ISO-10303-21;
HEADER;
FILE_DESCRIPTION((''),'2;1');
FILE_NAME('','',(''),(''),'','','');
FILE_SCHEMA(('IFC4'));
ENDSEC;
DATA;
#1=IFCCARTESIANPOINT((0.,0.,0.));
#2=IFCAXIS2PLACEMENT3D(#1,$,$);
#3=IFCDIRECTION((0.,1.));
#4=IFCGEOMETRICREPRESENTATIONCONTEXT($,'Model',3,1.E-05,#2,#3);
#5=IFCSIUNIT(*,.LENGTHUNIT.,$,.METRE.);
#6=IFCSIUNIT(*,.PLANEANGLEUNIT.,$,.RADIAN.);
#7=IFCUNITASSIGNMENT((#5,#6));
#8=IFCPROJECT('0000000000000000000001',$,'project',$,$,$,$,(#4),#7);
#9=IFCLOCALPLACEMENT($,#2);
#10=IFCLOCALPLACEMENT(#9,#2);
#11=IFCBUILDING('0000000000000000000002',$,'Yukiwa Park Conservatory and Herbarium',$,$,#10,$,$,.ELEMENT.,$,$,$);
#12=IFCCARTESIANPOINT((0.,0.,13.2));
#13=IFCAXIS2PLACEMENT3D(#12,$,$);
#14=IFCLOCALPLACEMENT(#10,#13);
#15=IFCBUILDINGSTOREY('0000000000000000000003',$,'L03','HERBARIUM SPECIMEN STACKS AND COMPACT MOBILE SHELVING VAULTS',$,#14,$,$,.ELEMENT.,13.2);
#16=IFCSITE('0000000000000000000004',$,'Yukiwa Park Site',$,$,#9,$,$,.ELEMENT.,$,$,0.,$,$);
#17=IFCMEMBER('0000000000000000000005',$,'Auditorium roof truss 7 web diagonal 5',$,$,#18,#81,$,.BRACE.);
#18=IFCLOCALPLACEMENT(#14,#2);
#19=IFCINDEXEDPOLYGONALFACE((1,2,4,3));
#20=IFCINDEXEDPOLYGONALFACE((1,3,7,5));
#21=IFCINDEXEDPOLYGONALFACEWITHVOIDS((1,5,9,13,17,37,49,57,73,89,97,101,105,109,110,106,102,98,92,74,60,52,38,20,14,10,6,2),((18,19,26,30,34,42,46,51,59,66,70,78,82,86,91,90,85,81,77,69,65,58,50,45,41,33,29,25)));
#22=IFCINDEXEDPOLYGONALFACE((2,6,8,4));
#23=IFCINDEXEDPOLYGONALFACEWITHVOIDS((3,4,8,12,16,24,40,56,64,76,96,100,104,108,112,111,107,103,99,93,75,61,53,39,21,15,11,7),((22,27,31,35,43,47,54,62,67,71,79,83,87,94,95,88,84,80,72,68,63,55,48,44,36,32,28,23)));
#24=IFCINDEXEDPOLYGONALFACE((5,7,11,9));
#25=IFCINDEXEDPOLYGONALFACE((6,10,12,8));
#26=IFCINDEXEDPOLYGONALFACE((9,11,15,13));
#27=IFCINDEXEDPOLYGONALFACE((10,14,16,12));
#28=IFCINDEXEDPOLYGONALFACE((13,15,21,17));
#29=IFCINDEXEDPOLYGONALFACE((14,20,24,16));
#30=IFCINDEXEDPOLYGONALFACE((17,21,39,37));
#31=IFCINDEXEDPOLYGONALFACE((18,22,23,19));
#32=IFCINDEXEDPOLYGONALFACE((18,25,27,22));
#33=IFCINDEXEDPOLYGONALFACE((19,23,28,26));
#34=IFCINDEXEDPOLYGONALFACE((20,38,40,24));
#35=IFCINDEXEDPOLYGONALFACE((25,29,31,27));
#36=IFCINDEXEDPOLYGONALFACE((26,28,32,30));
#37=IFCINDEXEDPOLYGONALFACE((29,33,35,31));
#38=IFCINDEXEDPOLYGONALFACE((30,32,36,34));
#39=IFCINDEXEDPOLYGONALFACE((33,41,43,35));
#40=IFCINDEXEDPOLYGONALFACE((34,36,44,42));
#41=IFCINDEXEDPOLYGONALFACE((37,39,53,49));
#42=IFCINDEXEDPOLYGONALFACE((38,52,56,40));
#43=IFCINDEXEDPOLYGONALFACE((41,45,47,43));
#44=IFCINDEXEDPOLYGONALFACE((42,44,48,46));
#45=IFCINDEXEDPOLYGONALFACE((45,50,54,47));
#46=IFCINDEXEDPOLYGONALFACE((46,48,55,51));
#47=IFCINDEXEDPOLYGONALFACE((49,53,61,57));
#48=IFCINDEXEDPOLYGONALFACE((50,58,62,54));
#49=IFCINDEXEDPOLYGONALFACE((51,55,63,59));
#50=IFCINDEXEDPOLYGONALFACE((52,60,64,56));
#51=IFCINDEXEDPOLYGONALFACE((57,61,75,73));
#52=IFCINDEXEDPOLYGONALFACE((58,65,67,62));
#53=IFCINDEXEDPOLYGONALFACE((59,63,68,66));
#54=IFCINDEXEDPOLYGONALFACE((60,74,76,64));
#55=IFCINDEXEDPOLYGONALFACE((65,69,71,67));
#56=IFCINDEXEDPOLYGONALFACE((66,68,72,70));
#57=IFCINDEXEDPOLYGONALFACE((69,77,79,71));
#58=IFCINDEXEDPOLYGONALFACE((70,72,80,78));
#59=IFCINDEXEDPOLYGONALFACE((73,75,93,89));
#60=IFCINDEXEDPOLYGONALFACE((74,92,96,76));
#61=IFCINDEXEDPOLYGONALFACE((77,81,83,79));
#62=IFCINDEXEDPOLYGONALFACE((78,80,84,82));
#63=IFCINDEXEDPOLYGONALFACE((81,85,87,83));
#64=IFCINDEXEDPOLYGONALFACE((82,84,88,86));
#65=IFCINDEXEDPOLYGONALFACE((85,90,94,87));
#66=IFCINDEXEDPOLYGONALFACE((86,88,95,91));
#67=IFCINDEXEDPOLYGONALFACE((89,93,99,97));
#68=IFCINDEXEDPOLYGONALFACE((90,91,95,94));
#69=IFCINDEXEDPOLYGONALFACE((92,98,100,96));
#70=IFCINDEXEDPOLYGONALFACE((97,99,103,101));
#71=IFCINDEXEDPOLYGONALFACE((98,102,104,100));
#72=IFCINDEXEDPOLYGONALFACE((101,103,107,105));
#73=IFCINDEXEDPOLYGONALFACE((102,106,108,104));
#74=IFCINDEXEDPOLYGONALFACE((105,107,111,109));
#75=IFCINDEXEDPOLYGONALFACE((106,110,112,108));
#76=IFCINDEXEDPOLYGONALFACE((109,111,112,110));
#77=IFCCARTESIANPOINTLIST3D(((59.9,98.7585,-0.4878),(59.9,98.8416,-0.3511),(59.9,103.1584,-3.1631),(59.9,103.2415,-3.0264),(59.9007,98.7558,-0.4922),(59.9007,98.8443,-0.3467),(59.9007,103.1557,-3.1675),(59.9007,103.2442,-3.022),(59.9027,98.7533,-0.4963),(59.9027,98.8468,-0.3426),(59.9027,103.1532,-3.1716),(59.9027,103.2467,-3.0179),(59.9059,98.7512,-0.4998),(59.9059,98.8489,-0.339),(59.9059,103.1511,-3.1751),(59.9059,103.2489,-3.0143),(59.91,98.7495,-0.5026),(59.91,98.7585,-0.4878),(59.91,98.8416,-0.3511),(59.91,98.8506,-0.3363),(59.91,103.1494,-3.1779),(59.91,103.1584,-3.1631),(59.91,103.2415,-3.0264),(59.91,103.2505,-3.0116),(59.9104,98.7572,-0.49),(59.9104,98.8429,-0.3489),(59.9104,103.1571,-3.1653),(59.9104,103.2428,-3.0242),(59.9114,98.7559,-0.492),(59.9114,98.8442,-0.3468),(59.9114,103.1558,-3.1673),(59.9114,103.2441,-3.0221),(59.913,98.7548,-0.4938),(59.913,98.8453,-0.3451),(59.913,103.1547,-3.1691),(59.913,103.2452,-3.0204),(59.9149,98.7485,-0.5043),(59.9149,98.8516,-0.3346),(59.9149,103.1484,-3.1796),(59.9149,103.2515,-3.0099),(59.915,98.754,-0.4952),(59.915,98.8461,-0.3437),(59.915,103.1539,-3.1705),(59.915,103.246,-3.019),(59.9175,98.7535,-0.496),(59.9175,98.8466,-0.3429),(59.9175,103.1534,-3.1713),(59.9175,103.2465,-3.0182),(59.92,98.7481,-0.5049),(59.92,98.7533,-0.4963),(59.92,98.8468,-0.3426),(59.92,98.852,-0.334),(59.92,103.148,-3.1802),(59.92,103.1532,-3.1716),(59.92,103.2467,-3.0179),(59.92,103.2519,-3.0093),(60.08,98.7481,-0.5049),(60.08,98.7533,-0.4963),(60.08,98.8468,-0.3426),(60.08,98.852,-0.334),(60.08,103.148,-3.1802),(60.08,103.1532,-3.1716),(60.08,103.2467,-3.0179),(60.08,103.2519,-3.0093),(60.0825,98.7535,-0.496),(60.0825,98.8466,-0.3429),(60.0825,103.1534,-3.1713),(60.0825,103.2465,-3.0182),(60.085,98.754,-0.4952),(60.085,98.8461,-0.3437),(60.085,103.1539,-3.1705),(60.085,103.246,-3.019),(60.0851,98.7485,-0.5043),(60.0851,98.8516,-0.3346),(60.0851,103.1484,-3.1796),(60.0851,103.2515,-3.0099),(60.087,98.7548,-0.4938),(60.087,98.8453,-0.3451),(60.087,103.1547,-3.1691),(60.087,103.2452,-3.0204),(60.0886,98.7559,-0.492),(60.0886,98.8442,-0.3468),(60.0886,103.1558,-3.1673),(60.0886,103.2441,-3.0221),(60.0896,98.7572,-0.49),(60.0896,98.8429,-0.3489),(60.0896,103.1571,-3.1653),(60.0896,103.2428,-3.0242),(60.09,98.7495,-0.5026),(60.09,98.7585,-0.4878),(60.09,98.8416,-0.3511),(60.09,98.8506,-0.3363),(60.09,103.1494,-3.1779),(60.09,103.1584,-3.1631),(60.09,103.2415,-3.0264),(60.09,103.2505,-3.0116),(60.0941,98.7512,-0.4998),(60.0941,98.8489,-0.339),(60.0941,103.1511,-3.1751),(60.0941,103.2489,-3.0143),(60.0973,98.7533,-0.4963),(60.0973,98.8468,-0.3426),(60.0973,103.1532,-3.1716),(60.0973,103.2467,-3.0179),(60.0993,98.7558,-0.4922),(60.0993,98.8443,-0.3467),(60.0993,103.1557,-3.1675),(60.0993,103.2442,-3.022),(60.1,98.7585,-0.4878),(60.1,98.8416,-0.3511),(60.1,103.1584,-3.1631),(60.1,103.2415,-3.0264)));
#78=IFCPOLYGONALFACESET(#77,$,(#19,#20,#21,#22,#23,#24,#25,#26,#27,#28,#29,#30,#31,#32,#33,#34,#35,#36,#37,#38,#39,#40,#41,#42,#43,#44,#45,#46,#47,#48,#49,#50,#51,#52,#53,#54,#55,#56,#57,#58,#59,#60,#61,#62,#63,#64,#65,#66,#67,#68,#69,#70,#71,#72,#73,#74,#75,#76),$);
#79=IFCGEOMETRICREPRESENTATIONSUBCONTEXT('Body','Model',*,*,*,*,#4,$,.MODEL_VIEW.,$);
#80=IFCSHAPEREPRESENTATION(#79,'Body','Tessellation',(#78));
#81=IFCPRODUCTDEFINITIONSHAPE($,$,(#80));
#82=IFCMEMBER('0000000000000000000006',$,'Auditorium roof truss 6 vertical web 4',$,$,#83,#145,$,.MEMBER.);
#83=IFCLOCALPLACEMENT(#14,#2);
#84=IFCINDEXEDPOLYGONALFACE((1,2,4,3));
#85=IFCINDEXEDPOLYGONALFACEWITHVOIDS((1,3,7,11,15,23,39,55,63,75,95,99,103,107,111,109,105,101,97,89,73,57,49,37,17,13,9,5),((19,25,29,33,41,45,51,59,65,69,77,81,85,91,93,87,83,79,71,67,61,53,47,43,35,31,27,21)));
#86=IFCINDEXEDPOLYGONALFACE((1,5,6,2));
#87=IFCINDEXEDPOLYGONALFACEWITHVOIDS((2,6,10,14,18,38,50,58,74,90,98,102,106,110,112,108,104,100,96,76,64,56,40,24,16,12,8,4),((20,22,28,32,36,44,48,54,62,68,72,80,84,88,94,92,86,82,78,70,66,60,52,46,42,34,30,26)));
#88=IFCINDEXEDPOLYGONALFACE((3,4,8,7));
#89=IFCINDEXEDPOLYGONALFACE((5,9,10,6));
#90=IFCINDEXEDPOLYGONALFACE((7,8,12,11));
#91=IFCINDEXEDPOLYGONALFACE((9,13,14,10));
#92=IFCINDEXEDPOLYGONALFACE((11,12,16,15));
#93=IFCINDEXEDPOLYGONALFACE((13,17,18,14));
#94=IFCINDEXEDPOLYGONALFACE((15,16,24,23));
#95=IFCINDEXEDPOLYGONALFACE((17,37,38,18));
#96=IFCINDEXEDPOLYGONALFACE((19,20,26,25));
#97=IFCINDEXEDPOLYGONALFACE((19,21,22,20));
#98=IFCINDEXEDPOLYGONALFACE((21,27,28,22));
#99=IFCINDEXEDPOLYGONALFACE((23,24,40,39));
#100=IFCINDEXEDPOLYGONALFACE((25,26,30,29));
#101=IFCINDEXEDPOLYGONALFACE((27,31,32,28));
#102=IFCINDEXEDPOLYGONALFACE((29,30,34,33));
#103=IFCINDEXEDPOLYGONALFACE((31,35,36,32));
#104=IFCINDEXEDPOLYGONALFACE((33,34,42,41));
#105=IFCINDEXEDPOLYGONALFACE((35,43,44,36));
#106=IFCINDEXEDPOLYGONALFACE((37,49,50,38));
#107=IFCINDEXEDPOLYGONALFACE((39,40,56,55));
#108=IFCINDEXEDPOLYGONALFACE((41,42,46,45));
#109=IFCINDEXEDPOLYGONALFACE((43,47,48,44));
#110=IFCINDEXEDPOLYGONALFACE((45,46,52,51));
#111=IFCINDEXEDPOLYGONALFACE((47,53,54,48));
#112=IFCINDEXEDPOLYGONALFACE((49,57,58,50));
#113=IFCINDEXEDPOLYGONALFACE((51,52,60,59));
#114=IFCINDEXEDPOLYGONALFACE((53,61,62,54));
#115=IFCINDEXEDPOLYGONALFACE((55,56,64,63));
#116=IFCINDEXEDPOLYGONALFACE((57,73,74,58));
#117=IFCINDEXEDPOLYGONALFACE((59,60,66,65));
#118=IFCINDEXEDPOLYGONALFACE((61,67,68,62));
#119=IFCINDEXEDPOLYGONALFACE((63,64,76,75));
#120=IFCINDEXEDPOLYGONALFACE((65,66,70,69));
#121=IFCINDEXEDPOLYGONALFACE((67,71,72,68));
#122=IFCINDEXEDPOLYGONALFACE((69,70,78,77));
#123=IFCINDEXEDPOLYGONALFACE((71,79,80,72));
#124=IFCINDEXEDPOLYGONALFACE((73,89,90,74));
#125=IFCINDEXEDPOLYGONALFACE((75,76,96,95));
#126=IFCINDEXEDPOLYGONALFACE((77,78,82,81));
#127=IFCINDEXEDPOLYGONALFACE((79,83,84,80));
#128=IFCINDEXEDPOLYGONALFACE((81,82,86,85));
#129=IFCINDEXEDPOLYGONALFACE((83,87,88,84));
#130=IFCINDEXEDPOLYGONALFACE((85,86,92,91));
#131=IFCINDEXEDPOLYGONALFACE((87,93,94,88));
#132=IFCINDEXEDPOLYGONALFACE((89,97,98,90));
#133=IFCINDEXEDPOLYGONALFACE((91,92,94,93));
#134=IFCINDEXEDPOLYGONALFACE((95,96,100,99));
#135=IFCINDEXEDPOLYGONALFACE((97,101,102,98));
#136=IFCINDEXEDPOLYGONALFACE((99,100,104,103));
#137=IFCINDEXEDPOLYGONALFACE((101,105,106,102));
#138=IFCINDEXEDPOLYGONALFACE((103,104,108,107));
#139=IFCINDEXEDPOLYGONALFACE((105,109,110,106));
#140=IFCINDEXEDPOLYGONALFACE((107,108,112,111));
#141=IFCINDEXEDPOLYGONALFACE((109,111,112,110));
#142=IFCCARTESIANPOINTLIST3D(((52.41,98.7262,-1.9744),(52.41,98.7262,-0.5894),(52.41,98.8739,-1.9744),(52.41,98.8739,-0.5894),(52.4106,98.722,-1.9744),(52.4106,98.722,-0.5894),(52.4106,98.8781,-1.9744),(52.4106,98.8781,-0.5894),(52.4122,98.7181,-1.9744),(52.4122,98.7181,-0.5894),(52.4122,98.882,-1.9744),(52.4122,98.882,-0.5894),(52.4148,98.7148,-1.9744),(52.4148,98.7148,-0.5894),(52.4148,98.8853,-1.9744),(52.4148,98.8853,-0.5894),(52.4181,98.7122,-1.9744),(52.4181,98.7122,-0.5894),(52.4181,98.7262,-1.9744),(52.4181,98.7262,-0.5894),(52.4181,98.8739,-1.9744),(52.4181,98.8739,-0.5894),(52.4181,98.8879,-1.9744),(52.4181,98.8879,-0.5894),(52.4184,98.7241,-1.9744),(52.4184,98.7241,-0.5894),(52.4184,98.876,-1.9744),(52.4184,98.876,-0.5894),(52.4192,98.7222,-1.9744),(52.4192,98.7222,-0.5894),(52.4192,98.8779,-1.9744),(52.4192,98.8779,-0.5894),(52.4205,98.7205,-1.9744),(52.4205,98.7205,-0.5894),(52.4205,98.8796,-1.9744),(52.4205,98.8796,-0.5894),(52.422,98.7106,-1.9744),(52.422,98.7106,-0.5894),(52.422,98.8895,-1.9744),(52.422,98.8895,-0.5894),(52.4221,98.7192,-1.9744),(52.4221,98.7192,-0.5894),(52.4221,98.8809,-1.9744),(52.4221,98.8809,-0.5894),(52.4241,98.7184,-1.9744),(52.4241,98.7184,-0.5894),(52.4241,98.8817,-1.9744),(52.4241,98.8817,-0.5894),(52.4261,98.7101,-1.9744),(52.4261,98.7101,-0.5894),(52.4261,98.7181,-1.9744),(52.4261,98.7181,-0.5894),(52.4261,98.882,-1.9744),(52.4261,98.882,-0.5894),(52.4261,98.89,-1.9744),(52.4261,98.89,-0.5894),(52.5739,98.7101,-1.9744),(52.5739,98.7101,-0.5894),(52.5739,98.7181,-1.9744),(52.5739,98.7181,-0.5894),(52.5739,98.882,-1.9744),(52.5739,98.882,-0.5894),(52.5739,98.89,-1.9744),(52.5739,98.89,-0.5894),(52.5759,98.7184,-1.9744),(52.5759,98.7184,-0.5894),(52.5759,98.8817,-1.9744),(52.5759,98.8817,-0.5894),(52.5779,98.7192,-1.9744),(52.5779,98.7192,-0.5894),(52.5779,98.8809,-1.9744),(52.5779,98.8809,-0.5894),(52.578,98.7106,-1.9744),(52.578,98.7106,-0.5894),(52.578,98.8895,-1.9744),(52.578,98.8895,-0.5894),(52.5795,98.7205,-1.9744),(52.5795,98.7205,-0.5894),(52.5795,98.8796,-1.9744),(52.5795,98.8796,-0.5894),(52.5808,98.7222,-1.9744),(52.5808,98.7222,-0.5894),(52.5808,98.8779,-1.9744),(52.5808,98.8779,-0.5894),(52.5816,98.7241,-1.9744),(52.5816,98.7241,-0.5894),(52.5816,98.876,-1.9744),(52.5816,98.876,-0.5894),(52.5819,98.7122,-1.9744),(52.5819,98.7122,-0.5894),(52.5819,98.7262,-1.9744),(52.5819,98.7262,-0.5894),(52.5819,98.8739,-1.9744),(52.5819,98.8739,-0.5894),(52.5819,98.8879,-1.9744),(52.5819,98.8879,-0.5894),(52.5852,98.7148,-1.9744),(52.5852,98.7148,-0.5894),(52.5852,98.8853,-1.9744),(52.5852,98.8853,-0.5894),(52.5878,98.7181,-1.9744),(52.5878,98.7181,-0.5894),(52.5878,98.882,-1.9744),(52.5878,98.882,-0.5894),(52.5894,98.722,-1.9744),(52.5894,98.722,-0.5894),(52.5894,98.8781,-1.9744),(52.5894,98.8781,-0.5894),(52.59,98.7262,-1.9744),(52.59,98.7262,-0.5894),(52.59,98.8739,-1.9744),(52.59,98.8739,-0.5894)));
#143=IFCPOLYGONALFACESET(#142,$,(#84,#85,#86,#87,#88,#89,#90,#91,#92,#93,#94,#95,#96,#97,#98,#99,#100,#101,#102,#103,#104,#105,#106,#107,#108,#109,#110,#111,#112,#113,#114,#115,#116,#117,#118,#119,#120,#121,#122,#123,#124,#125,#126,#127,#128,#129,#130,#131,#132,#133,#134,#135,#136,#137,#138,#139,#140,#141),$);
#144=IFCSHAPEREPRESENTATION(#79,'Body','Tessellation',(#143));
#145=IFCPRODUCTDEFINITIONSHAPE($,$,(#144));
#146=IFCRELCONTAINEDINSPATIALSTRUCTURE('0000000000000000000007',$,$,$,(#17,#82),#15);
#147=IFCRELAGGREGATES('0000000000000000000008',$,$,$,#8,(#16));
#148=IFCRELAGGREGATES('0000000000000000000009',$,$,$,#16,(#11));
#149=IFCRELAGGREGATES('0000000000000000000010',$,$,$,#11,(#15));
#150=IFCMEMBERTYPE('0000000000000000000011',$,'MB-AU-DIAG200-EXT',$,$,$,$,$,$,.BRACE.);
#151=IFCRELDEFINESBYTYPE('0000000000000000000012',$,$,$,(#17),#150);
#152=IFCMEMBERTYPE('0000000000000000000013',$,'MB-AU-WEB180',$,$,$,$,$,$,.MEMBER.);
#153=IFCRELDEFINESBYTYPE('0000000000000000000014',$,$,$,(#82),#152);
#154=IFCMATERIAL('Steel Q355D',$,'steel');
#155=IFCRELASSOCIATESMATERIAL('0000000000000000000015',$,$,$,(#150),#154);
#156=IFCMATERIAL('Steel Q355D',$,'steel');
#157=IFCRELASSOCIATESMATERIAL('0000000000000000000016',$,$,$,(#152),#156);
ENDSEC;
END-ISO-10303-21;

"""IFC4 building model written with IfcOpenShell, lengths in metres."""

from ifc_helpers import new_model, si_unit, direction, frame, origin, origin_2d, place, context, subcontext, project, spatial, hollow_rectangle, extrude, material, material_profile, profile_set, type_object, element, save


model = new_model("IFC4")

# Units and contexts
model_context = context("Model", 3, precision=1e-05, world=origin(), true_north=direction((0.0, 1.0)))
body_context = subcontext(model_context, "Body", "Model", "MODEL_VIEW")
ifc_project = project(units=[si_unit("LENGTHUNIT", "METRE"), si_unit("PLANEANGLEUNIT", "RADIAN")], contexts=[model_context])

# Site, building, storey
site_placement = place(None, origin())
site = spatial("IfcSite", under=ifc_project, at=site_placement, Name="Yukiwa Park Site", CompositionType="ELEMENT", RefElevation=0.0)
building_placement = place(site_placement, origin())
building = spatial("IfcBuilding", under=site, at=building_placement, Name="Yukiwa Park Conservatory and Herbarium", CompositionType="ELEMENT")
storey_placement = place(building_placement, frame((0.0, 0.0, 13.2)))
storey = spatial("IfcBuildingStorey", under=building, at=storey_placement, Name="L03", Description="HERBARIUM SPECIMEN STACKS AND COMPACT MOBILE SHELVING VAULTS", CompositionType="ELEMENT", Elevation=13.2)

# Members
ifc_material_1 = material(Name="Steel Q355D", Category="steel")
ifc_material_profile_1 = material_profile(ifc_material_1, hollow_rectangle(XDim=0.2, YDim=0.2, WallThickness=0.01, InnerFilletRadius=0.01, OuterFilletRadius=0.02, at=origin_2d()), Name="SHS 200x200x10")
ifc_profile_set_1 = profile_set([ifc_material_profile_1], Name="Steel Q355D")
member_type_1 = type_object("IfcMemberType", Name="MB-AU-DIAG200-EXT", PredefinedType="BRACE", material=ifc_profile_set_1)
member_1_placement = place(storey_placement, frame((60.0, 98.8, -0.4194), z_axis=(0.0, 0.854449, -0.519535), x_axis=(-1.0, 0.0, 0.0)))
element("IfcMember", 1, at=member_1_placement, inside=storey, type_object=member_type_1, Name="Auditorium roof truss 7 web diagonal 5", PredefinedType="BRACE", context=body_context, shape_type="SweptSolid", body=[
    extrude(hollow_rectangle(XDim=0.2, YDim=0.2, WallThickness=0.01, InnerFilletRadius=0.01, OuterFilletRadius=0.02, at=origin_2d()), origin(), (0.0, 0.0, 1.0), 5.1494),
])
ifc_material_2 = material(Name="Steel Q355D", Category="steel")
ifc_material_profile_2 = material_profile(ifc_material_2, hollow_rectangle(XDim=0.1799, YDim=0.1799, WallThickness=0.0081, InnerFilletRadius=0.0081, OuterFilletRadius=0.0161, at=origin_2d()), Name="SHS 180x180x8")
ifc_profile_set_2 = profile_set([ifc_material_profile_2], Name="Steel Q355D")
member_type_2 = type_object("IfcMemberType", Name="MB-AU-WEB180", PredefinedType="MEMBER", material=ifc_profile_set_2)
for number, where, z_axis, x_axis, name in (
    (2, (52.5, 98.8, -1.9744), (0.0, 0.0, 1.0), (1.0, 0.0, 0.0), "Auditorium roof truss 6 vertical web 4"),
):
    element("IfcMember", number, at=place(storey_placement, frame(where, z_axis=z_axis, x_axis=x_axis)), inside=storey, type_object=member_type_2, Name=name, PredefinedType="MEMBER", context=body_context, shape_type="SweptSolid", body=[
        extrude(hollow_rectangle(XDim=0.1799, YDim=0.1799, WallThickness=0.0081, InnerFilletRadius=0.0081, OuterFilletRadius=0.0161, at=origin_2d()), origin(), (0.0, 0.0, 1.0), 1.385),
    ])

save(model, "model.ifc")
